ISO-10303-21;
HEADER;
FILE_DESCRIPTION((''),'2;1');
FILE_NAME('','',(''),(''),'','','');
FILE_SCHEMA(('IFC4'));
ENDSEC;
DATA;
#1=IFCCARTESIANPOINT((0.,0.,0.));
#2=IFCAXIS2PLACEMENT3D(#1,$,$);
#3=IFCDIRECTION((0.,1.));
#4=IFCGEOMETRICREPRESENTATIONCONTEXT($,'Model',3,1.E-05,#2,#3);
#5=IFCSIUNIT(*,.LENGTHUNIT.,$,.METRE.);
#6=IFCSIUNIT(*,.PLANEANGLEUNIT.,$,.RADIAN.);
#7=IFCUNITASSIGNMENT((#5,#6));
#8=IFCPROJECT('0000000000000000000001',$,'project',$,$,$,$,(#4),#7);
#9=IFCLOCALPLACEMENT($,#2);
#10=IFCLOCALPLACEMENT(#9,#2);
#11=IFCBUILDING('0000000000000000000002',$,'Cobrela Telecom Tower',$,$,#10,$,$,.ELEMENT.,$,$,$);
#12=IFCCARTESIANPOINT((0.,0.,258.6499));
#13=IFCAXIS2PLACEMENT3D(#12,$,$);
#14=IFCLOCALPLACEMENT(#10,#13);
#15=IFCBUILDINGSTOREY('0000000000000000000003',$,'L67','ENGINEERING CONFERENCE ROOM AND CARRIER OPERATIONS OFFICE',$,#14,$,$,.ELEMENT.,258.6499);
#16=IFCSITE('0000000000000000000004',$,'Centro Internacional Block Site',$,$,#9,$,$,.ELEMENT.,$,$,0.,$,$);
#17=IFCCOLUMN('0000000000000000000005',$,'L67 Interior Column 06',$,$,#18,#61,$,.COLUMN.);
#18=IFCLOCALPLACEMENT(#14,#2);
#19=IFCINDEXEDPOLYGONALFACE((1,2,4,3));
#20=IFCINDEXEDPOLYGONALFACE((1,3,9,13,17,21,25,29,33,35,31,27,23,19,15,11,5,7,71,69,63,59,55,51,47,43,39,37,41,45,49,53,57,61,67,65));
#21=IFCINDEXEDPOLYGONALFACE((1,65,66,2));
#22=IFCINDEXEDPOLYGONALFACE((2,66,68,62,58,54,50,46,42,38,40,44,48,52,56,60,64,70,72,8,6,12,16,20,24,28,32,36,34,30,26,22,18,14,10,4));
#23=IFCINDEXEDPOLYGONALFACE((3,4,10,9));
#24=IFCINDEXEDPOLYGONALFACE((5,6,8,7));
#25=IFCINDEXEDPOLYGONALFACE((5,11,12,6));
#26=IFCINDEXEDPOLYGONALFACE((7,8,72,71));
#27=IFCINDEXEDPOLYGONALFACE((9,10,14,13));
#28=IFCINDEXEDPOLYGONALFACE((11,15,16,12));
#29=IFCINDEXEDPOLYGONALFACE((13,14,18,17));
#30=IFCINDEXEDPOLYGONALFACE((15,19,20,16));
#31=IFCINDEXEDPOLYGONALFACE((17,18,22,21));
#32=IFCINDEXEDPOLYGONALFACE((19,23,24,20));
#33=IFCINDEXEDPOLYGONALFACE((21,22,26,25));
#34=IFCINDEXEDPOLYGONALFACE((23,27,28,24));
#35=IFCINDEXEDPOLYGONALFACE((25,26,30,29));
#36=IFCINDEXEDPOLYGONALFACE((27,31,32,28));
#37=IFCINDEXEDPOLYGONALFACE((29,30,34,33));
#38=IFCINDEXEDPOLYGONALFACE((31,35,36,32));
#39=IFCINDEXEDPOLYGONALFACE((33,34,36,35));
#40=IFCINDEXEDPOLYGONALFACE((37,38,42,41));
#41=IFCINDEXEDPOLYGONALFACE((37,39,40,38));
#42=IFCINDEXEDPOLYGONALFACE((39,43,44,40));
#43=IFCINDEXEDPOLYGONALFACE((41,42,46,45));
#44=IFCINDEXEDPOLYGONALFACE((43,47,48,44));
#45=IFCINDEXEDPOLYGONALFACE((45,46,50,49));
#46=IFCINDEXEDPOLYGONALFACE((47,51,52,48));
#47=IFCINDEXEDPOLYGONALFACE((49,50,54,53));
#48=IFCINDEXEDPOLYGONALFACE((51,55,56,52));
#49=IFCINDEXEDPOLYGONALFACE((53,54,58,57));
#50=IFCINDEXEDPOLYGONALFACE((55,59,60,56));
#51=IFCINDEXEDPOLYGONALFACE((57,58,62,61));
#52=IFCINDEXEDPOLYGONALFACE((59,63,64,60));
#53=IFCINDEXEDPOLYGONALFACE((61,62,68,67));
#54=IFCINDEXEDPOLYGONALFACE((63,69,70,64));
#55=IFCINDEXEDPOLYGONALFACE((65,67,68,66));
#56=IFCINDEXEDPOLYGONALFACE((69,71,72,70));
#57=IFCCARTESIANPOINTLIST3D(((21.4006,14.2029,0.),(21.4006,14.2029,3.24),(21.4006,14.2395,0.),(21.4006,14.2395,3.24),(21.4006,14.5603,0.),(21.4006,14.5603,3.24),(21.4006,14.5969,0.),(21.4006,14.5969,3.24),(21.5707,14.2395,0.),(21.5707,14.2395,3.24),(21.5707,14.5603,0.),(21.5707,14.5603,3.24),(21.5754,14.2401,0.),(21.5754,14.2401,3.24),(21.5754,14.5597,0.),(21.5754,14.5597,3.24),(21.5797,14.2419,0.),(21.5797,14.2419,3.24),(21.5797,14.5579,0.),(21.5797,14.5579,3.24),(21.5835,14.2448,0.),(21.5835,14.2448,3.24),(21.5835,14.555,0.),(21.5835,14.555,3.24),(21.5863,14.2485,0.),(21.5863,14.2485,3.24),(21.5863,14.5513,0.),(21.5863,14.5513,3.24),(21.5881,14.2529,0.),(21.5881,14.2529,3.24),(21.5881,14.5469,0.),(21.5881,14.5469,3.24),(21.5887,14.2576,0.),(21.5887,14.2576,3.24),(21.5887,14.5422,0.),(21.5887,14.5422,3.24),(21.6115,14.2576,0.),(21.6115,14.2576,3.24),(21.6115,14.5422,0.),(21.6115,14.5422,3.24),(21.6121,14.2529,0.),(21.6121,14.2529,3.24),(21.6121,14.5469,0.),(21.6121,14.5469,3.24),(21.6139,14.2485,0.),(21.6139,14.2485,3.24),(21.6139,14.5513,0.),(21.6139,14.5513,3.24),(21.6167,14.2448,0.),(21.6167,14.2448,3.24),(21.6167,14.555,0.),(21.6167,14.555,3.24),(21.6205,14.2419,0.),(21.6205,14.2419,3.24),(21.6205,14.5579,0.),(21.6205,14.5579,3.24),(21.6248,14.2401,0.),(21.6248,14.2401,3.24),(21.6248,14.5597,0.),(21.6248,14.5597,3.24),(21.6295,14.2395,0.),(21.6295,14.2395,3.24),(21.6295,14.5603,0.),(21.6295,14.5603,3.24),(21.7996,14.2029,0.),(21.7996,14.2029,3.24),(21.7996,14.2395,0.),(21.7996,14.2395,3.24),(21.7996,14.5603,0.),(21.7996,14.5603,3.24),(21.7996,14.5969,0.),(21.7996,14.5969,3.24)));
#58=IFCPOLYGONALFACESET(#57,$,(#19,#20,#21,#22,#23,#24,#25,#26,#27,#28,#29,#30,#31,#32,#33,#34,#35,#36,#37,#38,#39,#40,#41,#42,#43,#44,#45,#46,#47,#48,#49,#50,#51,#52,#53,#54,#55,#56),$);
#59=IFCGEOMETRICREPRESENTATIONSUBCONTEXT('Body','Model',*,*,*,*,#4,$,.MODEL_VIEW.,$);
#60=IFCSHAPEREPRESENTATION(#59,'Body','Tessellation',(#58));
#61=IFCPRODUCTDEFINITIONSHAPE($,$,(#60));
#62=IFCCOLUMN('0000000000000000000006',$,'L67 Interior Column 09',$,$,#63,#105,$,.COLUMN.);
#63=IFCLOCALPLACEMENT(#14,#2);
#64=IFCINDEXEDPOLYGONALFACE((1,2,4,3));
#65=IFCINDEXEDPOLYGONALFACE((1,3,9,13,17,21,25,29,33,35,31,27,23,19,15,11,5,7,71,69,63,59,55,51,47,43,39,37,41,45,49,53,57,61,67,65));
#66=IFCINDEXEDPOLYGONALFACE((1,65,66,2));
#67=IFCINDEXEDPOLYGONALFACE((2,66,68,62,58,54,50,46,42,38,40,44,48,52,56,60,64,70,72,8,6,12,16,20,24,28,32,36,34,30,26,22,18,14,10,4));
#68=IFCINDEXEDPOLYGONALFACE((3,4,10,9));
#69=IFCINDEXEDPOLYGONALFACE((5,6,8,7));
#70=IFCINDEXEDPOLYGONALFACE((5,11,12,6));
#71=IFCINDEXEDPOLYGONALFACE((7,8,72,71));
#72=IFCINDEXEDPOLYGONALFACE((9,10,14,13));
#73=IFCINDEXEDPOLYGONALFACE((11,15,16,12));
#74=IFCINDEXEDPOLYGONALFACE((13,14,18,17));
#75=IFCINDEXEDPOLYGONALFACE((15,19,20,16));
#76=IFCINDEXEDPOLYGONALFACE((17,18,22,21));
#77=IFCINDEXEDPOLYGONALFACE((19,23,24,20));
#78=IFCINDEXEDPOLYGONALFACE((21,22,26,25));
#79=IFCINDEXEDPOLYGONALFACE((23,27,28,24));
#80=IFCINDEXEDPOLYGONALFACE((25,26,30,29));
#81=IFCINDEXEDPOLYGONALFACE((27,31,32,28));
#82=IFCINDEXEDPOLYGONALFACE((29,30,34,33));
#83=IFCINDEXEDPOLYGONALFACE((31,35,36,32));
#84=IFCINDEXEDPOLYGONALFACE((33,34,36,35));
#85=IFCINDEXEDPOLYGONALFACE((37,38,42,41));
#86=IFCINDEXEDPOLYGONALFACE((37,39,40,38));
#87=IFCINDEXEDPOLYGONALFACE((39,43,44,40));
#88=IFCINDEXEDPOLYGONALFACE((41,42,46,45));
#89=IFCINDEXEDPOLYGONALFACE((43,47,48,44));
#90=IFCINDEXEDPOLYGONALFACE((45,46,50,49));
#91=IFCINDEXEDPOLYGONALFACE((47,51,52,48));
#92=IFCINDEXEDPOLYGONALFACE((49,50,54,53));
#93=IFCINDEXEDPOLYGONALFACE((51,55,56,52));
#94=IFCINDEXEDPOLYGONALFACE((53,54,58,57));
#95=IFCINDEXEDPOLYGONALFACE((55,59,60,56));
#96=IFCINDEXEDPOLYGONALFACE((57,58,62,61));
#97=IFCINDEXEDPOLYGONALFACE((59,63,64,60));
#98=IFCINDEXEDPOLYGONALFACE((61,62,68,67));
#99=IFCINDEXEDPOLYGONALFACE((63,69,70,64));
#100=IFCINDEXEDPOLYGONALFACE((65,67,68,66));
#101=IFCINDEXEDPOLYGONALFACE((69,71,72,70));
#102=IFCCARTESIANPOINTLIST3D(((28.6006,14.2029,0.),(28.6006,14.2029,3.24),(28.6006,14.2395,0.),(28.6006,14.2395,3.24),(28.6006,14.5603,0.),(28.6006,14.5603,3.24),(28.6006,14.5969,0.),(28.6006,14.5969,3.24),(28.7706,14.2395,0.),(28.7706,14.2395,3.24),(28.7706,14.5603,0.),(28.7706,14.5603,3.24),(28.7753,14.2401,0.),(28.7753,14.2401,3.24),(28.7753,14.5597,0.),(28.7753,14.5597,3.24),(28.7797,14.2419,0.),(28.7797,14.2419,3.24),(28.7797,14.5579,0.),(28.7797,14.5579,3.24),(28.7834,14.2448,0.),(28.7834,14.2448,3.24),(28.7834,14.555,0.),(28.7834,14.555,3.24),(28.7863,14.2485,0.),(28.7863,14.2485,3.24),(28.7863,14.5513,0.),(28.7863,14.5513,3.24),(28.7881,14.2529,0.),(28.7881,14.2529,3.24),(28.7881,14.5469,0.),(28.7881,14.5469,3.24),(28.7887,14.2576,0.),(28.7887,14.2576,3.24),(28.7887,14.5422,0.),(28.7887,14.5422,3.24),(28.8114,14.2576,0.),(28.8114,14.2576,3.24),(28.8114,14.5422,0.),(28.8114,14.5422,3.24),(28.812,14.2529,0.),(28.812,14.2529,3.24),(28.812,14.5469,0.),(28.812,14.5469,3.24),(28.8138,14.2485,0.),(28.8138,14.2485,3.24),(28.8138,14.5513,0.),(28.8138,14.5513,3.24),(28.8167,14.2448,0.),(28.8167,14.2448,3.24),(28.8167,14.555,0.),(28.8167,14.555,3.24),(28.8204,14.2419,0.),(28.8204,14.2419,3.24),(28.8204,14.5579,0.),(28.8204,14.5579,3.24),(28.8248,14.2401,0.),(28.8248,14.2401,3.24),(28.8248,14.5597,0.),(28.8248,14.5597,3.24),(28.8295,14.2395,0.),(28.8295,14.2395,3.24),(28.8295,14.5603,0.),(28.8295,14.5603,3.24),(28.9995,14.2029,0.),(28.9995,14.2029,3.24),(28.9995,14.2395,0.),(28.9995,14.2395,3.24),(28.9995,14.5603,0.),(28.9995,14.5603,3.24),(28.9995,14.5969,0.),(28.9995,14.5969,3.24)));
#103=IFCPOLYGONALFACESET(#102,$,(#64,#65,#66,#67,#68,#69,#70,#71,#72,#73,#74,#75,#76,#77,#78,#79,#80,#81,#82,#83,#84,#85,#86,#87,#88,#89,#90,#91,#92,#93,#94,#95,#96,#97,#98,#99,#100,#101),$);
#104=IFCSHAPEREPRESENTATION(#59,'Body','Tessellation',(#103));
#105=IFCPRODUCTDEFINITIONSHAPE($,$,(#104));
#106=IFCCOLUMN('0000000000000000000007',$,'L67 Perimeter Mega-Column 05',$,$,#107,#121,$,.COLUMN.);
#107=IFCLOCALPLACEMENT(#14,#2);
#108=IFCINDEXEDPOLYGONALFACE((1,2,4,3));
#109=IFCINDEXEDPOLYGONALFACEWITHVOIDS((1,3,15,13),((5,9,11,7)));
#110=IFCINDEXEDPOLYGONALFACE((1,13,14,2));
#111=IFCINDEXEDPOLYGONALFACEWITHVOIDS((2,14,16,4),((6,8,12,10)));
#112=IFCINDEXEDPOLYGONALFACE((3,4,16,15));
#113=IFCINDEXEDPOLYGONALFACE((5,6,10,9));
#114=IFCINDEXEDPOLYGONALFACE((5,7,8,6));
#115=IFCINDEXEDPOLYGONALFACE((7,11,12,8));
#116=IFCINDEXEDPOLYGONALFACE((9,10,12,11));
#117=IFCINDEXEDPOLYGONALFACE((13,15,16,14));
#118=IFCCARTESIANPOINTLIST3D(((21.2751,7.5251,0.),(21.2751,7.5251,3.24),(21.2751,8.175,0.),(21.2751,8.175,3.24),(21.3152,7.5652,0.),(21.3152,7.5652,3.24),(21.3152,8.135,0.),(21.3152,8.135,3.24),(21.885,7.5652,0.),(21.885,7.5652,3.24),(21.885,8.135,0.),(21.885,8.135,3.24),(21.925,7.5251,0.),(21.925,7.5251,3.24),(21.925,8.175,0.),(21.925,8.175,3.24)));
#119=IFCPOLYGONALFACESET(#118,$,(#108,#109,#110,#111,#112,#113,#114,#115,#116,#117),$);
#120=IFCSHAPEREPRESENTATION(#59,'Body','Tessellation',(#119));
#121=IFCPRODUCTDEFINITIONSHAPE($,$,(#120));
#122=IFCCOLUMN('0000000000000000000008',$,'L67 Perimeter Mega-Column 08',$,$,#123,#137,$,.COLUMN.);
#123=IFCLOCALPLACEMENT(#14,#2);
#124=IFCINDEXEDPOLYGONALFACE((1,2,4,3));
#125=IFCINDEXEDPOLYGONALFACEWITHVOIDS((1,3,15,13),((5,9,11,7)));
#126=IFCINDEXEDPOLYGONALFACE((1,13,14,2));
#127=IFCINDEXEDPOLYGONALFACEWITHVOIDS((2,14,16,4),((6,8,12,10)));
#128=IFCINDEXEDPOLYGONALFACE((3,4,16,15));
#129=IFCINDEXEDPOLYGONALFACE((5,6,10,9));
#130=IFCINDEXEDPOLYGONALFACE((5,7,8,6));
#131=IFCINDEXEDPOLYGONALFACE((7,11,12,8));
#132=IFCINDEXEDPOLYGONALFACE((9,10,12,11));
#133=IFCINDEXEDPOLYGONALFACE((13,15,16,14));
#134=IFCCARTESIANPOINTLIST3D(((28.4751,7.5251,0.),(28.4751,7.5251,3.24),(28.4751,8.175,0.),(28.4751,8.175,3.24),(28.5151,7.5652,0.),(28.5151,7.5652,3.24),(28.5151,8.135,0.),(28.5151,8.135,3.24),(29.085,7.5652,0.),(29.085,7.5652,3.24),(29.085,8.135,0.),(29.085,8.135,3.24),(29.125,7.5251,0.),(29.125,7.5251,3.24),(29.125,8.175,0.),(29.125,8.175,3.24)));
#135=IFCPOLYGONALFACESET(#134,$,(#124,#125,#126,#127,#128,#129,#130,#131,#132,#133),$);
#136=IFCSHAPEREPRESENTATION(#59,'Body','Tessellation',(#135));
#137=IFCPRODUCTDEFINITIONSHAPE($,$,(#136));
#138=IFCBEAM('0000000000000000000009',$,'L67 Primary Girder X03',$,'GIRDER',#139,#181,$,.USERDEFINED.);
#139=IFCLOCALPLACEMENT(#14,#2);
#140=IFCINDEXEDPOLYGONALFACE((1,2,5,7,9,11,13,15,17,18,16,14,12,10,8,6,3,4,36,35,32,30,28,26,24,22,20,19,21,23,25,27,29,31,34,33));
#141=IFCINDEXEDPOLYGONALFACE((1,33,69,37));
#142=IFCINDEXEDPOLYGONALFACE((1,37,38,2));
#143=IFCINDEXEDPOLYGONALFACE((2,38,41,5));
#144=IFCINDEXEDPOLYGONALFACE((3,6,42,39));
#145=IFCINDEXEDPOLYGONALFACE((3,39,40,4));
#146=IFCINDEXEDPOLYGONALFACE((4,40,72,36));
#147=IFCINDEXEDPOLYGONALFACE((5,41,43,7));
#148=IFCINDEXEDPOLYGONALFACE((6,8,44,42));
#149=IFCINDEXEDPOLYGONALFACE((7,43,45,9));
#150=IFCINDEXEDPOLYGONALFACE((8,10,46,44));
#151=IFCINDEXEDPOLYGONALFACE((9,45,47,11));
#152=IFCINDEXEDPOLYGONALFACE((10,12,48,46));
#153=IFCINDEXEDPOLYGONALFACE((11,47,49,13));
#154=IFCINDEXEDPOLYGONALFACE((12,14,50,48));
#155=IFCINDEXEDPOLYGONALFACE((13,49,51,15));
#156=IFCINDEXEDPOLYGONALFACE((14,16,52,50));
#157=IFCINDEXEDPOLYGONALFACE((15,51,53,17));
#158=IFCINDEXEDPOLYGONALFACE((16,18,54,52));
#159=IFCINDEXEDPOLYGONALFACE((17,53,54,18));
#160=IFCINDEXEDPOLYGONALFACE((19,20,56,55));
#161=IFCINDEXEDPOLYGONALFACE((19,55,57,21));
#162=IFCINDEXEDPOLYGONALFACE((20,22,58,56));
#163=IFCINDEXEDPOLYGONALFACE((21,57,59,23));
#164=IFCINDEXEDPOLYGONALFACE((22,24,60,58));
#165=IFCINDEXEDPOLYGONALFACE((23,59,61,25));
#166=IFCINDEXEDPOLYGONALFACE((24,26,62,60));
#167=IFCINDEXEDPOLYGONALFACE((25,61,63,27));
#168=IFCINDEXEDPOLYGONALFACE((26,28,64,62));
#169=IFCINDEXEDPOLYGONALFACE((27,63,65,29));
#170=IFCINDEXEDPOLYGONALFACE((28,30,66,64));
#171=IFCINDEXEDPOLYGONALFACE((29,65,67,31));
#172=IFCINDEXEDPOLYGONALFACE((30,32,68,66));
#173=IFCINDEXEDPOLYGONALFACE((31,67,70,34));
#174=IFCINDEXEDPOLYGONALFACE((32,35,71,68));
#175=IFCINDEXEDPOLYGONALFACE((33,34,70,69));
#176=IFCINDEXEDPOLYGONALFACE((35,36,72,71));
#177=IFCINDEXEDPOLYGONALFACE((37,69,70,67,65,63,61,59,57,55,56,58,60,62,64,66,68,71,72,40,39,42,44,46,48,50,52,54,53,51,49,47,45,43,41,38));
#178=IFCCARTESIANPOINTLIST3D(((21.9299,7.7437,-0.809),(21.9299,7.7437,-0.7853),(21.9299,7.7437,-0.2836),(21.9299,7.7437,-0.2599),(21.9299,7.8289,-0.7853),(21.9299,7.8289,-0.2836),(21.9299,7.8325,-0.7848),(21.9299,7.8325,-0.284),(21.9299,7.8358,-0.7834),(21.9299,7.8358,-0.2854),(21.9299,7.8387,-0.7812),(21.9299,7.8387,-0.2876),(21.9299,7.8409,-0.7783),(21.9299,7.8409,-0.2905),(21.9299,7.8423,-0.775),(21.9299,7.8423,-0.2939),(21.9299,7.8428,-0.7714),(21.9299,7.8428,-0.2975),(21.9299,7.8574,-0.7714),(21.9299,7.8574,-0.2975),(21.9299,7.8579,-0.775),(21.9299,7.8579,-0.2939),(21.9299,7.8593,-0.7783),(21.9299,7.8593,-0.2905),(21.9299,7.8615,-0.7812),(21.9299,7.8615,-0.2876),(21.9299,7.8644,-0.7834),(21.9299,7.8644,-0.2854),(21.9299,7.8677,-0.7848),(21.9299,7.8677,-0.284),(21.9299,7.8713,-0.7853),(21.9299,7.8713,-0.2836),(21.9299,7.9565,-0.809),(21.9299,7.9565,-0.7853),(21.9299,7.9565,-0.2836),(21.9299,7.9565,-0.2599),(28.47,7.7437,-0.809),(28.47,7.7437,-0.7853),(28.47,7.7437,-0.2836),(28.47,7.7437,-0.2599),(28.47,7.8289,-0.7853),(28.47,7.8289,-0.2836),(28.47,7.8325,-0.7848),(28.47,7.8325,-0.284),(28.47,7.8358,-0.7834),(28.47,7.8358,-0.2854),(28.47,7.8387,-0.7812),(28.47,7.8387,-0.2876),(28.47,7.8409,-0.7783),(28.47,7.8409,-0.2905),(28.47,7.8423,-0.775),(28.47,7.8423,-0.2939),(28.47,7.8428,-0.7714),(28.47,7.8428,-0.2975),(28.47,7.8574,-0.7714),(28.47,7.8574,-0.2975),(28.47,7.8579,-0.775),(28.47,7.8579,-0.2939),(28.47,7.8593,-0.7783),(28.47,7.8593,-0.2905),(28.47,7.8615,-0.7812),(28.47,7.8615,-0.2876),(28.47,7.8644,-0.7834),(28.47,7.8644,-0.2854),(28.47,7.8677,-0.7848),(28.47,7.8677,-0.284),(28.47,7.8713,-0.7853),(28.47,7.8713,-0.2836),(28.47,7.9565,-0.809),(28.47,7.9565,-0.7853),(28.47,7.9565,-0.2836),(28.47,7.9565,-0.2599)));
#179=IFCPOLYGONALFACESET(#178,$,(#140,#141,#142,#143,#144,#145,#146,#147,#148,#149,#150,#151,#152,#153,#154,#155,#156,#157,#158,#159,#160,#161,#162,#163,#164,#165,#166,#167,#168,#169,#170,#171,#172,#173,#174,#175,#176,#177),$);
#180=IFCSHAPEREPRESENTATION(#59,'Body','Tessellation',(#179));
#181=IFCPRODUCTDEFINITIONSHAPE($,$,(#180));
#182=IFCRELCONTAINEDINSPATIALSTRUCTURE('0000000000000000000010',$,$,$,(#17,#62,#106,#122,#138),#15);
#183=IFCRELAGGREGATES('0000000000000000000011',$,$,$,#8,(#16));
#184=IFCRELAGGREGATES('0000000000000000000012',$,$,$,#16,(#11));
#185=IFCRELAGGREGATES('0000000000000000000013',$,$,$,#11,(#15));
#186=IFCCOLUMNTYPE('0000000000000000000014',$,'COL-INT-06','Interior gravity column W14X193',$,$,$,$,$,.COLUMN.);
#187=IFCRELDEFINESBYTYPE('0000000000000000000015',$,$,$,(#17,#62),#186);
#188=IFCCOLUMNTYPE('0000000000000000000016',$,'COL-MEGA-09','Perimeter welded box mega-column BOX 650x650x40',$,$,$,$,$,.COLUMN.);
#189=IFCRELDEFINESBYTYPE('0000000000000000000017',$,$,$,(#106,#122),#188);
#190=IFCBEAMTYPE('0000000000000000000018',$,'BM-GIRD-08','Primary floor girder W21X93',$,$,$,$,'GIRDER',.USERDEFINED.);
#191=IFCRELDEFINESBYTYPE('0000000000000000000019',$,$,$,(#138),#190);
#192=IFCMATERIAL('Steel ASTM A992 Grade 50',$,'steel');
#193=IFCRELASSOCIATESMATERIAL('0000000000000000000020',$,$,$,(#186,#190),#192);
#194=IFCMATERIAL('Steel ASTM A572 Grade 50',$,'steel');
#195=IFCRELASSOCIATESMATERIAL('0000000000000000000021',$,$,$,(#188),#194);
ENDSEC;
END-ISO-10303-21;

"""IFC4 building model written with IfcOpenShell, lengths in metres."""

from ifc_helpers import new_model, si_unit, direction, frame, origin, origin_2d, place, context, subcontext, project, spatial, hollow_rectangle, i_section, extrude, material, material_profile, profile_set, type_object, element, save


model = new_model("IFC4")

# Units and contexts
model_context = context("Model", 3, precision=1e-05, world=origin(), true_north=direction((0.0, 1.0)))
body_context = subcontext(model_context, "Body", "Model", "MODEL_VIEW")
ifc_project = project(units=[si_unit("LENGTHUNIT", "METRE"), si_unit("PLANEANGLEUNIT", "RADIAN")], contexts=[model_context])

# Site, building, storey
site_placement = place(None, origin())
site = spatial("IfcSite", under=ifc_project, at=site_placement, Name="Centro Internacional Block Site", CompositionType="ELEMENT", RefElevation=0.0)
building_placement = place(site_placement, origin())
building = spatial("IfcBuilding", under=site, at=building_placement, Name="Cobrela Telecom Tower", CompositionType="ELEMENT")
storey_placement = place(building_placement, frame((0.0, 0.0, 258.6499)))
storey = spatial("IfcBuildingStorey", under=building, at=storey_placement, Name="L67", Description="ENGINEERING CONFERENCE ROOM AND CARRIER OPERATIONS OFFICE", CompositionType="ELEMENT", Elevation=258.6499)

# Columns
ifc_material_1 = material(Name="Steel ASTM A992 Grade 50", Category="steel")
ifc_material_profile_1 = material_profile(ifc_material_1, i_section(OverallWidth=0.3989, OverallDepth=0.394, WebThickness=0.0227, FlangeThickness=0.0366, FilletRadius=0.0181, at=origin_2d()), Name="W14X193")
ifc_profile_set_1 = profile_set([ifc_material_profile_1], Name="Steel ASTM A992 Grade 50")
column_type_1 = type_object("IfcColumnType", Name="COL-INT-06", Description="Interior gravity column W14X193", PredefinedType="COLUMN", material=ifc_profile_set_1)
for number, where, z_axis, x_axis, name in (
    (1, (21.6001, 14.3999, 0.0), (0.0, 0.0, 1.0), (1.0, 0.0, 0.0), "L67 Interior Column 06"),
    (2, (28.8, 14.3999, 0.0), (0.0, 0.0, 1.0), (1.0, 0.0, 0.0), "L67 Interior Column 09"),
):
    element("IfcColumn", number, at=place(storey_placement, frame(where, z_axis=z_axis, x_axis=x_axis)), inside=storey, type_object=column_type_1, Name=name, PredefinedType="COLUMN", context=body_context, shape_type="SweptSolid", body=[
        extrude(i_section(OverallWidth=0.3989, OverallDepth=0.394, WebThickness=0.0227, FlangeThickness=0.0366, FilletRadius=0.0181, at=origin_2d()), origin(), (0.0, 0.0, 1.0), 3.24),
    ])
ifc_material_2 = material(Name="Steel ASTM A572 Grade 50", Category="steel")
ifc_material_profile_2 = material_profile(ifc_material_2, hollow_rectangle(XDim=0.6499, YDim=0.6499, WallThickness=0.04, at=origin_2d()), Name="BOX 650x650x40")
ifc_profile_set_2 = profile_set([ifc_material_profile_2], Name="Steel ASTM A572 Grade 50")
column_type_2 = type_object("IfcColumnType", Name="COL-MEGA-09", Description="Perimeter welded box mega-column BOX 650x650x40", PredefinedType="COLUMN", material=ifc_profile_set_2)
for number, where, z_axis, x_axis, name in (
    (3, (21.6001, 7.8501, 0.0), (0.0, 0.0, 1.0), (1.0, 0.0, 0.0), "L67 Perimeter Mega-Column 05"),
    (4, (28.8, 7.8501, 0.0), (0.0, 0.0, 1.0), (1.0, 0.0, 0.0), "L67 Perimeter Mega-Column 08"),
):
    element("IfcColumn", number, at=place(storey_placement, frame(where, z_axis=z_axis, x_axis=x_axis)), inside=storey, type_object=column_type_2, Name=name, PredefinedType="COLUMN", context=body_context, shape_type="SweptSolid", body=[
        extrude(hollow_rectangle(XDim=0.6499, YDim=0.6499, WallThickness=0.04, at=origin_2d()), origin(), (0.0, 0.0, 1.0), 3.24),
    ])

# Beam
ifc_material_profile_3 = material_profile(ifc_material_1, i_section(OverallWidth=0.2129, OverallDepth=0.5491, WebThickness=0.0146, FlangeThickness=0.0237, FilletRadius=0.0139, at=origin_2d()), Name="W21X93")
ifc_profile_set_3 = profile_set([ifc_material_profile_3], Name="Steel ASTM A992 Grade 50")
beam_type_1 = type_object("IfcBeamType", Name="BM-GIRD-08", Description="Primary floor girder W21X93", ElementType="GIRDER", PredefinedType="USERDEFINED", material=ifc_profile_set_3)
for number, where, z_axis, x_axis, name in (
    (5, (21.9299, 7.8501, -0.5344), (1.0, 0.0, 0.0), (0.0, 1.0, 0.0), "L67 Primary Girder X03"),
):
    element("IfcBeam", number, at=place(storey_placement, frame(where, z_axis=z_axis, x_axis=x_axis)), inside=storey, type_object=beam_type_1, Name=name, ObjectType="GIRDER", PredefinedType="USERDEFINED", context=body_context, shape_type="SweptSolid", body=[
        extrude(i_section(OverallWidth=0.2129, OverallDepth=0.5491, WebThickness=0.0146, FlangeThickness=0.0237, FilletRadius=0.0139, at=origin_2d()), origin(), (0.0, 0.0, 1.0), 6.54),
    ])

save(model, "model.ifc")
